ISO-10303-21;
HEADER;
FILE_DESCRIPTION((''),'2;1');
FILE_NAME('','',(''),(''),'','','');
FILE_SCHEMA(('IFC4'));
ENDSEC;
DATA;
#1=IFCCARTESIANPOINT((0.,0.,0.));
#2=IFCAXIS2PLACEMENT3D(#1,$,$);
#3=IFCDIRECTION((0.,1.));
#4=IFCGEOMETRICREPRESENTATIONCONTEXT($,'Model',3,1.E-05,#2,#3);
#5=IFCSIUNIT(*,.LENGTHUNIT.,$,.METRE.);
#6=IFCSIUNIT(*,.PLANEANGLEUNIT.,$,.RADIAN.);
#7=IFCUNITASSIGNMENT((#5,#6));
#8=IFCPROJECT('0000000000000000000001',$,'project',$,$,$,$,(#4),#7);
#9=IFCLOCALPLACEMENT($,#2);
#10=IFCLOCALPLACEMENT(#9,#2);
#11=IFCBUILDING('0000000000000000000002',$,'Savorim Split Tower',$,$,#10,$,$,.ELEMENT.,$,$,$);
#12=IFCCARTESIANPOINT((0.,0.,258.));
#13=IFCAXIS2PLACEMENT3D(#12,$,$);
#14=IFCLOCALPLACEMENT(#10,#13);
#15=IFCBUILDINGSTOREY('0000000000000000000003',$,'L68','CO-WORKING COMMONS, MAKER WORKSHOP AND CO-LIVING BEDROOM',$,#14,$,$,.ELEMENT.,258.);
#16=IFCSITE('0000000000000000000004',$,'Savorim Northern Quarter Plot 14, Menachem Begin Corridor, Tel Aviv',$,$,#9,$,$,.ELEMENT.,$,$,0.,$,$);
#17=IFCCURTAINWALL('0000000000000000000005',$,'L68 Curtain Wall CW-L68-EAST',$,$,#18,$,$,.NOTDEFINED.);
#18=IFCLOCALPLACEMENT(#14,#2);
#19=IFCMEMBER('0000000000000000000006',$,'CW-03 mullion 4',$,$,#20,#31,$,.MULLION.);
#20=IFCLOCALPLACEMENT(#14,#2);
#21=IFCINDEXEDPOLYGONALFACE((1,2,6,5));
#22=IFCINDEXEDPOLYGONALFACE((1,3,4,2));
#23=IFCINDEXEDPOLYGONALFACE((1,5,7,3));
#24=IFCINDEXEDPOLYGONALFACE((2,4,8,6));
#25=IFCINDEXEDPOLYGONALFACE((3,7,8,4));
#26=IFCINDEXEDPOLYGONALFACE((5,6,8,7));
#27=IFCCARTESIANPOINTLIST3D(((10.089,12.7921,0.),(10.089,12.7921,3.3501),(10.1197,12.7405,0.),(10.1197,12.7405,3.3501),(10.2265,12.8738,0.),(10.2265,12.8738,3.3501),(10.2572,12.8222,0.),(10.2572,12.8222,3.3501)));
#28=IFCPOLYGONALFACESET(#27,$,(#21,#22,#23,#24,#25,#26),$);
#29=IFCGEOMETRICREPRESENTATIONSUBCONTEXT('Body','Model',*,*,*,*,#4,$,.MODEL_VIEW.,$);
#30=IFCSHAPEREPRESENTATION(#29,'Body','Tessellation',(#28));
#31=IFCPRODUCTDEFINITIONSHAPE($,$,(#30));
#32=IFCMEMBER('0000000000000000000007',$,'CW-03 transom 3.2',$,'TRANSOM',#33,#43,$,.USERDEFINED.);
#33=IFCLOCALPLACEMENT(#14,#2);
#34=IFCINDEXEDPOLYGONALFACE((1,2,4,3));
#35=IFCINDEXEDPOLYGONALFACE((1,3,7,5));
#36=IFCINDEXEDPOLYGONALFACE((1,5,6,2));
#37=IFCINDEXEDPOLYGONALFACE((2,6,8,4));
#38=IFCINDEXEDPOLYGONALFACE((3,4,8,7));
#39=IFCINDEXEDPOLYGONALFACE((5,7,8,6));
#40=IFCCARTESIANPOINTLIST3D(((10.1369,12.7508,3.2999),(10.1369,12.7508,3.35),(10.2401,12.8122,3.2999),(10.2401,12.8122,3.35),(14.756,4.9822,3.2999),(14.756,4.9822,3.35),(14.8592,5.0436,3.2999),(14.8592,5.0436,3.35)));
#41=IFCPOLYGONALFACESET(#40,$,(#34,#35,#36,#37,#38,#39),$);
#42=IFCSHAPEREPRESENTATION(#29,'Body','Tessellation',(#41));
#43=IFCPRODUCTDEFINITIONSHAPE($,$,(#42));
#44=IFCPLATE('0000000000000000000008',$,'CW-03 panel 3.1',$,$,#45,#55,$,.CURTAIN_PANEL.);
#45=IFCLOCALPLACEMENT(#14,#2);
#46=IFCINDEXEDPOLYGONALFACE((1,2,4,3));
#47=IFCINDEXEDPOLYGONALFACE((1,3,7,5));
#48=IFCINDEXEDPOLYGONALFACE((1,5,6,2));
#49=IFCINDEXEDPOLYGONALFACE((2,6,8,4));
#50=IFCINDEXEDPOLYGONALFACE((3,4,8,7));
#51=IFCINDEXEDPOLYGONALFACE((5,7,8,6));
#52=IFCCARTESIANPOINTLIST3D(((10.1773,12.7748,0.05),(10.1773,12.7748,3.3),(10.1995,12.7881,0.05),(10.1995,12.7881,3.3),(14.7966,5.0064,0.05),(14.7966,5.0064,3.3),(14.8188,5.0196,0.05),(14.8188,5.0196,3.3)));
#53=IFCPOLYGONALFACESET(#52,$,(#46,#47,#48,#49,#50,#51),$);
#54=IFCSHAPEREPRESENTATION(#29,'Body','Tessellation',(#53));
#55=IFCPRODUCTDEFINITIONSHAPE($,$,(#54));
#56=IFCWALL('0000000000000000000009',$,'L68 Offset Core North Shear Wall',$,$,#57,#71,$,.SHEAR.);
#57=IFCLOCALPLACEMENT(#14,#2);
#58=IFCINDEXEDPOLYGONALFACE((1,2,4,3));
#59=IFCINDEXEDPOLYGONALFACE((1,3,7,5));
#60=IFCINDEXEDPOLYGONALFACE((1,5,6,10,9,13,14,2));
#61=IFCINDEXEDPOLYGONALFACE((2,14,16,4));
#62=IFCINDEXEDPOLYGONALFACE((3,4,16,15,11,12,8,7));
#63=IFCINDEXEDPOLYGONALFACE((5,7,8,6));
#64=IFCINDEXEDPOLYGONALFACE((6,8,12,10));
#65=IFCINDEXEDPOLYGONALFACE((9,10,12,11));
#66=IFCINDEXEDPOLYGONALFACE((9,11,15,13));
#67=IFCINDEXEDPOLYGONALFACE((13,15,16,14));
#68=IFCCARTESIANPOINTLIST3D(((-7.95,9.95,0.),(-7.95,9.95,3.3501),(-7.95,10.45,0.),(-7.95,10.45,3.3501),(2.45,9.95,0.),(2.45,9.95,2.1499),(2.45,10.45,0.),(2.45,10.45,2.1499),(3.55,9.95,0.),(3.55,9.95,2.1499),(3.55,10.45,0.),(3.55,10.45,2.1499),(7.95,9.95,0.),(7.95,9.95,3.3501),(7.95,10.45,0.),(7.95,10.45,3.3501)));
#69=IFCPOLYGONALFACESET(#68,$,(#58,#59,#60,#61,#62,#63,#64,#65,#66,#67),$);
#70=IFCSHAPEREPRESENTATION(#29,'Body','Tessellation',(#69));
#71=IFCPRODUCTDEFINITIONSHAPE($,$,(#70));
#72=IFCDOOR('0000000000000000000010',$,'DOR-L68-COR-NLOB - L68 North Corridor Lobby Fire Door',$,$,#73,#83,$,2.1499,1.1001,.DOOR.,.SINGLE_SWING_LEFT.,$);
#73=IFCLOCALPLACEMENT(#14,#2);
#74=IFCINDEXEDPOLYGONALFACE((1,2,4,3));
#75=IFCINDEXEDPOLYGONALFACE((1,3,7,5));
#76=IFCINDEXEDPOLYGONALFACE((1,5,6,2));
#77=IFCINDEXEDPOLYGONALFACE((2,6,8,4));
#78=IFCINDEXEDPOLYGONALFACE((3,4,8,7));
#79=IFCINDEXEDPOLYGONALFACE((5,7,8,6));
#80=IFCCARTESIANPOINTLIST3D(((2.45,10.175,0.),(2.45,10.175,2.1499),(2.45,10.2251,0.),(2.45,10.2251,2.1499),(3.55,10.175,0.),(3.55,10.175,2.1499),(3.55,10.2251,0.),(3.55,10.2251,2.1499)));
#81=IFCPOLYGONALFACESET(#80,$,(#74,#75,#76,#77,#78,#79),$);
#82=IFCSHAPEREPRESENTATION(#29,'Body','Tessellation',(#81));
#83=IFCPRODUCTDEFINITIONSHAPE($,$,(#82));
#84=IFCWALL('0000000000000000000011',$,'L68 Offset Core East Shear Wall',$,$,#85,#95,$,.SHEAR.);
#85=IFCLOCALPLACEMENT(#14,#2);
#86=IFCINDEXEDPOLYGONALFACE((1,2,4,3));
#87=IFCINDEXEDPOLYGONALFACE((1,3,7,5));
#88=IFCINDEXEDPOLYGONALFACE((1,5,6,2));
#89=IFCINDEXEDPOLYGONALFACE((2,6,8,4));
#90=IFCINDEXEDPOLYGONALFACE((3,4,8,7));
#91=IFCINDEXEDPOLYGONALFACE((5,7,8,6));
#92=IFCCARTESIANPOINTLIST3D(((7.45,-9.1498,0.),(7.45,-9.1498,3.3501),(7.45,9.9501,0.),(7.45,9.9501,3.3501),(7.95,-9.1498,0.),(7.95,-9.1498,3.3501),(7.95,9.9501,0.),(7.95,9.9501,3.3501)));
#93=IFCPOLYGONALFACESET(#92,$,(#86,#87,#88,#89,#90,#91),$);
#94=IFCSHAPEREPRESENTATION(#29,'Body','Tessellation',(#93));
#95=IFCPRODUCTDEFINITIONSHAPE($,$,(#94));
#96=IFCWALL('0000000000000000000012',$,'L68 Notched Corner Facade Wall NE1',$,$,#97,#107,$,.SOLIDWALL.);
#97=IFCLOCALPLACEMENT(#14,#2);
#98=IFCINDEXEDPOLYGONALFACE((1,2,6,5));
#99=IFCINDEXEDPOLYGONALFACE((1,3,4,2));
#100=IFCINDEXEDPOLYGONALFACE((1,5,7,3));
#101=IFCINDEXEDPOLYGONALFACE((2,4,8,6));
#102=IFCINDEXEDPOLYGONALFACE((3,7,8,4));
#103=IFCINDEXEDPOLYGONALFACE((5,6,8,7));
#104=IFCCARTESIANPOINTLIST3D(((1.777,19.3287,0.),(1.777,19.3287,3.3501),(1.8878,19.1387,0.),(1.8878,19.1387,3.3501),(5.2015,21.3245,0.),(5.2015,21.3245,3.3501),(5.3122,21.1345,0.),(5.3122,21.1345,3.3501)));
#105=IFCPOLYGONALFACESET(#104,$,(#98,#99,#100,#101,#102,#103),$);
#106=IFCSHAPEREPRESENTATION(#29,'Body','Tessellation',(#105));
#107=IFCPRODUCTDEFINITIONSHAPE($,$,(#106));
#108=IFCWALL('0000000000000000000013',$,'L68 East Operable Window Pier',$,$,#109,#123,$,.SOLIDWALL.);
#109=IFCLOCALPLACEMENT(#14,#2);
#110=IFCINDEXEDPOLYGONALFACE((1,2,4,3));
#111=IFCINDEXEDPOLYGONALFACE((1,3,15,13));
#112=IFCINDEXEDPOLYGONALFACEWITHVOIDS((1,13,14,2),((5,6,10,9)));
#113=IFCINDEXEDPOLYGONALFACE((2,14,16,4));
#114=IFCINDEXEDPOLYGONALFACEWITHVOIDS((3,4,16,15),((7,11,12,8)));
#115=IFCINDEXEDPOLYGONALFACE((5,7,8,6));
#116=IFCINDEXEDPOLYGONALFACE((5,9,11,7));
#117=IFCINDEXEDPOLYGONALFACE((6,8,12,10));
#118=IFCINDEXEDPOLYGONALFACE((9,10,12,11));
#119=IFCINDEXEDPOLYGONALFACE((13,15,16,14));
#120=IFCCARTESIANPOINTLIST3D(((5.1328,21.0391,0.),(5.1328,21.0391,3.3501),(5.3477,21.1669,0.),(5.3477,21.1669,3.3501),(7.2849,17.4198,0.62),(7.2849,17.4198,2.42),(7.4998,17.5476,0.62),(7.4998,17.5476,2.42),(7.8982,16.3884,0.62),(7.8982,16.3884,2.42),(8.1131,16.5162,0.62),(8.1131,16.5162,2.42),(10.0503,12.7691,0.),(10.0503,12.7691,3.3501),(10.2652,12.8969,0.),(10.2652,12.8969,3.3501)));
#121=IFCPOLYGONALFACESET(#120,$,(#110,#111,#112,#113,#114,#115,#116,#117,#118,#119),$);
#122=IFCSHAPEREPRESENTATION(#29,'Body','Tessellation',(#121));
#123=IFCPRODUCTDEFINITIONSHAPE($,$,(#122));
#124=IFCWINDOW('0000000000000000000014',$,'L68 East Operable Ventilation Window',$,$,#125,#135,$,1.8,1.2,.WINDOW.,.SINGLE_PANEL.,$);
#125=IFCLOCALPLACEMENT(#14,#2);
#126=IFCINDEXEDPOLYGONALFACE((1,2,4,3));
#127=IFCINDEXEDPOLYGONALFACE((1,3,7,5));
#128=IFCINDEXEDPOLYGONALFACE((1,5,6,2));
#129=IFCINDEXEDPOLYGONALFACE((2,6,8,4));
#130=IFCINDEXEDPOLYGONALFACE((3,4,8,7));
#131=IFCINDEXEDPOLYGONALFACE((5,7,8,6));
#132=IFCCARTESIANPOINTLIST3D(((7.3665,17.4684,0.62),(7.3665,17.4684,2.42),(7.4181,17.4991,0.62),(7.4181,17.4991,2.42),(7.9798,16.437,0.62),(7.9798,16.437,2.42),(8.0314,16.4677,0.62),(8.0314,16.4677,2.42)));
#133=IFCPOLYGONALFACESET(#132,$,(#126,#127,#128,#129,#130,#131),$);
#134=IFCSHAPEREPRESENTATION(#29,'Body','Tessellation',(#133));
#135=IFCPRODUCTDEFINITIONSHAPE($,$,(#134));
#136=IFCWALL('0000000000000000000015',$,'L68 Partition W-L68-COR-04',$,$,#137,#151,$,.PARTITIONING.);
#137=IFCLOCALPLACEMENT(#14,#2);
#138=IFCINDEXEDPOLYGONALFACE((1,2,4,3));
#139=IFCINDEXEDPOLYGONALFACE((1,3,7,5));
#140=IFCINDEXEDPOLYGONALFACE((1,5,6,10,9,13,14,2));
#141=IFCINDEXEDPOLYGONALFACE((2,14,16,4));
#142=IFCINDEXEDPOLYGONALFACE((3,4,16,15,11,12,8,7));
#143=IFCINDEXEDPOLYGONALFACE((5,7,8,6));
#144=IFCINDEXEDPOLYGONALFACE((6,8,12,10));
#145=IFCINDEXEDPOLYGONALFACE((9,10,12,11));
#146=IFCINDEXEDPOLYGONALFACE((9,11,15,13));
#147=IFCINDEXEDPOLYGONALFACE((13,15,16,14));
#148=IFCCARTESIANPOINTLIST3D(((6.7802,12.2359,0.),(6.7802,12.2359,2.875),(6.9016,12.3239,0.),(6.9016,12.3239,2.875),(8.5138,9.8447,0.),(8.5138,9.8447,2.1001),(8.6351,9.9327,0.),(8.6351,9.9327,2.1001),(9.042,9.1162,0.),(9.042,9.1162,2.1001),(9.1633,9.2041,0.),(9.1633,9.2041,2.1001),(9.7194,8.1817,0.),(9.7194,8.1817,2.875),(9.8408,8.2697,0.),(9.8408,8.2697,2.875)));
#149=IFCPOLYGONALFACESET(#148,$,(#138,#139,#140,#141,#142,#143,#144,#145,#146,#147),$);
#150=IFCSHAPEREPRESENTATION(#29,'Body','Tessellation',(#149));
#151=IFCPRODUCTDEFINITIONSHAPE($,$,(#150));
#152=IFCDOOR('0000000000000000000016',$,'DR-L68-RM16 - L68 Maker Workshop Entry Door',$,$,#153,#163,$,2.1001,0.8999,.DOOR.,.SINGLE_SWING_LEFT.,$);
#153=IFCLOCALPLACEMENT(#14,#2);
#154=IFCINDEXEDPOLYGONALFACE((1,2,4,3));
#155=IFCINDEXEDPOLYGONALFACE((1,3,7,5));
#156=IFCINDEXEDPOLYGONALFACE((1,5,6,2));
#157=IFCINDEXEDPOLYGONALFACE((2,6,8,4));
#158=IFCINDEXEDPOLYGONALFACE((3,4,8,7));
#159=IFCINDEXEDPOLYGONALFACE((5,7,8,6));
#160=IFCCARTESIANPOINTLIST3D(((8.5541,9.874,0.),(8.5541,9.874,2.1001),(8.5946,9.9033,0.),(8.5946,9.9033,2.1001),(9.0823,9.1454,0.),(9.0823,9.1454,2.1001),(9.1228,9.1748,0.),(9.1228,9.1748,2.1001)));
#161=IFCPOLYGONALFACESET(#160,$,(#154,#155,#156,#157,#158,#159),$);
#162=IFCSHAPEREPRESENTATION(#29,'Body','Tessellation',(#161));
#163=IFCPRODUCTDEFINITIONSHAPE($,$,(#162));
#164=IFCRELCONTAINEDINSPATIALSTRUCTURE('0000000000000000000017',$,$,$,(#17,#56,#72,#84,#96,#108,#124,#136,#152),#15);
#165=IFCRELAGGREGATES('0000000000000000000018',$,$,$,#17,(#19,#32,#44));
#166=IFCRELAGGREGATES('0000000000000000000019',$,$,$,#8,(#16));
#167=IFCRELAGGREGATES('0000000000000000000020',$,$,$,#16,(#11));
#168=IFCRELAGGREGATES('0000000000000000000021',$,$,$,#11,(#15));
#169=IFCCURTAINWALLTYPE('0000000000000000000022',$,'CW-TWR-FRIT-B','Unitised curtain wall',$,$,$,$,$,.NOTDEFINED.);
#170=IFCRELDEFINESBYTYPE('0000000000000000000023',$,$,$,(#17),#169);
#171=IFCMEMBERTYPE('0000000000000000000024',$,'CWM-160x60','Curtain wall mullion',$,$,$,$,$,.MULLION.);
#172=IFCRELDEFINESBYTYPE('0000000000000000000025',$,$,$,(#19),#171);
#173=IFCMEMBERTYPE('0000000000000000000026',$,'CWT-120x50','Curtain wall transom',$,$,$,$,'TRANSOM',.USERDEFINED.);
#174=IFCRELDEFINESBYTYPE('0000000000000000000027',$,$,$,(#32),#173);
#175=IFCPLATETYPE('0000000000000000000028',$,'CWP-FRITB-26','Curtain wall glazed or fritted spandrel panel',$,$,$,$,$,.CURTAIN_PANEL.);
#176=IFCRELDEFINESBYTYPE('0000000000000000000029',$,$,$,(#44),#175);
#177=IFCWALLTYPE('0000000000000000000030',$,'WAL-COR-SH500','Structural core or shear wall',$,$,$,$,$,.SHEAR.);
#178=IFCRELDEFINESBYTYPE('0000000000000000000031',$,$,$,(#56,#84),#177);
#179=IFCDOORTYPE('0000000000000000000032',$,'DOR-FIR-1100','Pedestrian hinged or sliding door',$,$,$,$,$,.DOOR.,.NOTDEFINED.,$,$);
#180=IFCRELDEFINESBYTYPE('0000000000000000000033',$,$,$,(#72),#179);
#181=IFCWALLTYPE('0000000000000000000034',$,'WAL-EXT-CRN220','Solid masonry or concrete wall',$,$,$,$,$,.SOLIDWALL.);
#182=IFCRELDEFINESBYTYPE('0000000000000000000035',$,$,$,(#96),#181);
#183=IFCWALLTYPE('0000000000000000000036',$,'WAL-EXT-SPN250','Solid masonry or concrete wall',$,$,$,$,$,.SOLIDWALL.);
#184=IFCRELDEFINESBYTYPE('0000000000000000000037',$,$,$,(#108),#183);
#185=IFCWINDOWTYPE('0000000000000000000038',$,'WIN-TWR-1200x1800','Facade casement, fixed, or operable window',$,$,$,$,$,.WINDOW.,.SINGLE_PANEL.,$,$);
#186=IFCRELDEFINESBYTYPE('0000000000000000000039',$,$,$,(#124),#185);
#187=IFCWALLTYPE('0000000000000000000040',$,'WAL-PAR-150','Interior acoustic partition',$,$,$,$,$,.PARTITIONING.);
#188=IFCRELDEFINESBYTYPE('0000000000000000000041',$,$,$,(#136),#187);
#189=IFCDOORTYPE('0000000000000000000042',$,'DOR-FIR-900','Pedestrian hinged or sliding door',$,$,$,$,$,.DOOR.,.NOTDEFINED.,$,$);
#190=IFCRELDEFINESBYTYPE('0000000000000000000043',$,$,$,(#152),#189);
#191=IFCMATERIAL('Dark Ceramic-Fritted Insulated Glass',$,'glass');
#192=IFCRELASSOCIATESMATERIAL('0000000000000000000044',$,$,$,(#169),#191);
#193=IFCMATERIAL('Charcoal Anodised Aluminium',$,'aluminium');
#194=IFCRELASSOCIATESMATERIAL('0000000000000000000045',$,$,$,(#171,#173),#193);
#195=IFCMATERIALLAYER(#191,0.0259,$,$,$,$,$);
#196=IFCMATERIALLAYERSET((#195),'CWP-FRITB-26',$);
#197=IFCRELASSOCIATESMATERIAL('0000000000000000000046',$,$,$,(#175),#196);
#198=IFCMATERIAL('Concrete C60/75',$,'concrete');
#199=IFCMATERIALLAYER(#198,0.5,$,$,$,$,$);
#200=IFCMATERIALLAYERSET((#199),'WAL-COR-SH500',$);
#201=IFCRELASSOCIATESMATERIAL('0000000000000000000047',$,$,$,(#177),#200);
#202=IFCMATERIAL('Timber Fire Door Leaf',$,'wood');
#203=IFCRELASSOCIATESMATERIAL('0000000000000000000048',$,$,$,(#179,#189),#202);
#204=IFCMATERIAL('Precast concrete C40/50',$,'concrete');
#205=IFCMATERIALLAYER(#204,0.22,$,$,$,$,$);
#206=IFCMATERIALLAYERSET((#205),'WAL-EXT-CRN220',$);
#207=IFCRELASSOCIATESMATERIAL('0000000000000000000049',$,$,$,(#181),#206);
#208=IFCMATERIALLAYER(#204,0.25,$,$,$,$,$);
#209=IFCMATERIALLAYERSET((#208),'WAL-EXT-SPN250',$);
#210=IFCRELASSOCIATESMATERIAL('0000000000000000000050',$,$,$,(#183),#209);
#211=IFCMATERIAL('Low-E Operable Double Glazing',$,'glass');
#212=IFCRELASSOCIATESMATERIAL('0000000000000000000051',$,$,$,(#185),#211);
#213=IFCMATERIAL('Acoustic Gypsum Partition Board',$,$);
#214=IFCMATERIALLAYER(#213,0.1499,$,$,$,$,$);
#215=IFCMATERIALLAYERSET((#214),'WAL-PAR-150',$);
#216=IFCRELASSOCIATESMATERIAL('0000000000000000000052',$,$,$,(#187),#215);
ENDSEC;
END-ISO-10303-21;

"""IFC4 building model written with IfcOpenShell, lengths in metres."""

from ifc_helpers import new_model, si_unit, direction, frame, frame_2d, origin, origin_2d, place, context, subcontext, project, spatial, rectangle, extrude, material, layer, layer_set, material_profile, profile_set, type_object, element, fill, aggregate, save


model = new_model("IFC4")

# Units and contexts
model_context = context("Model", 3, precision=1e-05, world=origin(), true_north=direction((0.0, 1.0)))
body_context = subcontext(model_context, "Body", "Model", "MODEL_VIEW")
ifc_project = project(units=[si_unit("LENGTHUNIT", "METRE"), si_unit("PLANEANGLEUNIT", "RADIAN")], contexts=[model_context])

# Site, building, storey
site_placement = place(None, origin())
site = spatial("IfcSite", under=ifc_project, at=site_placement, Name="Savorim Northern Quarter Plot 14, Menachem Begin Corridor, Tel Aviv", CompositionType="ELEMENT", RefElevation=0.0)
building_placement = place(site_placement, origin())
building = spatial("IfcBuilding", under=site, at=building_placement, Name="Savorim Split Tower", CompositionType="ELEMENT")
storey_placement = place(building_placement, frame((0.0, 0.0, 258.0)))
storey = spatial("IfcBuildingStorey", under=building, at=storey_placement, Name="L68", Description="CO-WORKING COMMONS, MAKER WORKSHOP AND CO-LIVING BEDROOM", CompositionType="ELEMENT", Elevation=258.0)

# Curtain wall, members, plate
ifc_material_1 = material(Name="Dark Ceramic-Fritted Insulated Glass", Category="glass")
curtain_wall_type = type_object("IfcCurtainWallType", Name="CW-TWR-FRIT-B", Description="Unitised curtain wall", PredefinedType="NOTDEFINED", material=ifc_material_1)
curtain_wall_placement = place(storey_placement, origin())
curtain_wall = element("IfcCurtainWall", 1, at=curtain_wall_placement, inside=storey, type_object=curtain_wall_type, Name="L68 Curtain Wall CW-L68-EAST", PredefinedType="NOTDEFINED")
ifc_material_2 = material(Name="Charcoal Anodised Aluminium", Category="aluminium")
ifc_material_profile_1 = material_profile(ifc_material_2, rectangle(XDim=0.1599, YDim=0.0601, at=origin_2d()), Name="ALU-M 160x60")
ifc_profile_set_1 = profile_set([ifc_material_profile_1], Name="Charcoal Anodised Aluminium")
member_type_1 = type_object("IfcMemberType", Name="CWM-160x60", Description="Curtain wall mullion", PredefinedType="MULLION", material=ifc_profile_set_1)
member_1_placement = place(storey_placement, frame((10.1731, 12.8071, 0.0), z_axis=(0.0, 0.0, 1.0), x_axis=(-0.859527, -0.51109, 0.0)))
member_1 = element("IfcMember", 2, at=member_1_placement, type_object=member_type_1, Name="CW-03 mullion 4", PredefinedType="MULLION", context=body_context, shape_type="SweptSolid", body=[
    extrude(rectangle(XDim=0.1599, YDim=0.0601, at=origin_2d()), origin(), (0.0, 0.0, 1.0), 3.3501),
])
ifc_material_profile_2 = material_profile(ifc_material_2, rectangle(XDim=0.1201, YDim=0.05, at=origin_2d()), Name="ALU-T 120x50")
ifc_profile_set_2 = profile_set([ifc_material_profile_2], Name="Charcoal Anodised Aluminium")
member_type_2 = type_object("IfcMemberType", Name="CWT-120x50", Description="Curtain wall transom", ElementType="TRANSOM", PredefinedType="USERDEFINED", material=ifc_profile_set_2)
member_2_placement = place(storey_placement, frame((14.8076, 5.0129, 3.325), z_axis=(-0.511075, 0.859536, 0.0), x_axis=(-0.859536, -0.511075, 0.0)))
member_2 = element("IfcMember", 3, at=member_2_placement, type_object=member_type_2, Name="CW-03 transom 3.2", ObjectType="TRANSOM", PredefinedType="USERDEFINED", context=body_context, shape_type="SweptSolid", body=[
    extrude(rectangle(XDim=0.1201, YDim=0.05, at=origin_2d()), origin(), (0.0, 0.0, 1.0), 9.0381),
])
ifc_layer_1 = layer(ifc_material_1, 0.0259)
ifc_layer_set_1 = layer_set([ifc_layer_1], Name="CWP-FRITB-26")
plate_type = type_object("IfcPlateType", Name="CWP-FRITB-26", Description="Curtain wall glazed or fritted spandrel panel", PredefinedType="CURTAIN_PANEL", material=ifc_layer_set_1)
plate_placement = place(storey_placement, frame((12.498, 8.8972, 0.05), z_axis=(0.0, 0.0, 1.0), x_axis=(-0.51109, 0.859527, 0.0)))
plate = element("IfcPlate", 4, at=plate_placement, type_object=plate_type, Name="CW-03 panel 3.1", PredefinedType="CURTAIN_PANEL", context=body_context, shape_type="SweptSolid", body=[
    extrude(rectangle(XDim=9.0381, YDim=0.0259, at=origin_2d()), origin(), (0.0, 0.0, 1.0), 3.25),
])
aggregate(curtain_wall, [member_1, member_2, plate])

# Wall, opening, door
ifc_material_3 = material(Name="Concrete C60/75", Category="concrete")
ifc_layer_2 = layer(ifc_material_3, 0.5)
ifc_layer_set_2 = layer_set([ifc_layer_2], Name="WAL-COR-SH500")
wall_type_1 = type_object("IfcWallType", Name="WAL-COR-SH500", Description="Structural core or shear wall", PredefinedType="SHEAR", material=ifc_layer_set_2)
wall_1_placement = place(storey_placement, frame((7.95, 10.2, 0.0), z_axis=(0.0, 0.0, 1.0), x_axis=(-1.0, 0.0, 0.0)))
wall_1 = element("IfcWall", 5, at=wall_1_placement, inside=storey, type_object=wall_type_1, Name="L68 Offset Core North Shear Wall", PredefinedType="SHEAR", context=body_context, shape_type="SweptSolid", body=[
    extrude(rectangle(XDim=15.8999, YDim=0.5, at=frame_2d((7.95, 0.0))), origin(), (0.0, 0.0, 1.0), 3.3501),
])
opening_1_placement = place(wall_1_placement, frame((4.3999, 0.0, 0.0)))
opening_1 = element("IfcOpeningElement", 6, at=opening_1_placement, cuts=wall_1, PredefinedType="OPENING", context=body_context, shape_type="SweptSolid", body=[
    extrude(rectangle(XDim=1.1001, YDim=2.1499, at=frame_2d((0.55, 1.075))), frame((0.0, 0.26, 0.0), z_axis=(0.0, -1.0, 0.0), x_axis=(1.0, 0.0, 0.0)), (0.0, 0.0, 1.0), 0.52),
])
ifc_material_4 = material(Name="Timber Fire Door Leaf", Category="wood")
door_type_1 = type_object("IfcDoorType", Name="DOR-FIR-1100", Description="Pedestrian hinged or sliding door", OperationType="NOTDEFINED", PredefinedType="DOOR", material=ifc_material_4)
door_1_placement = place(opening_1_placement, origin())
door_1 = element("IfcDoor", 7, at=door_1_placement, inside=storey, type_object=door_type_1, Name="DOR-L68-COR-NLOB - L68 North Corridor Lobby Fire Door", OperationType="SINGLE_SWING_LEFT", OverallHeight=2.1499, OverallWidth=1.1001, PredefinedType="DOOR", context=body_context, shape_type="SweptSolid", body=[
    extrude(rectangle(XDim=1.1001, YDim=2.1499, at=frame_2d((0.55, 1.075))), frame((0.0, 0.0249, 0.0), z_axis=(0.0, -1.0, 0.0), x_axis=(1.0, 0.0, 0.0)), (0.0, 0.0, 1.0), 0.05),
])
fill(opening_1, door_1)

# Walls
wall_2_placement = place(storey_placement, frame((7.7, 9.95, 0.0), z_axis=(0.0, 0.0, 1.0), x_axis=(0.0, -1.0, 0.0)))
element("IfcWall", 8, at=wall_2_placement, inside=storey, type_object=wall_type_1, Name="L68 Offset Core East Shear Wall", PredefinedType="SHEAR", context=body_context, shape_type="SweptSolid", body=[
    extrude(rectangle(XDim=19.0999, YDim=0.5, at=frame_2d((9.5498, 0.0))), origin(), (0.0, 0.0, 1.0), 3.3501),
])
ifc_material_5 = material(Name="Precast concrete C40/50", Category="concrete")
ifc_layer_3 = layer(ifc_material_5, 0.22)
ifc_layer_set_3 = layer_set([ifc_layer_3], Name="WAL-EXT-CRN220")
wall_type_2 = type_object("IfcWallType", Name="WAL-EXT-CRN220", Description="Solid masonry or concrete wall", PredefinedType="SOLIDWALL", material=ifc_layer_set_3)
wall_3_placement = place(storey_placement, frame((1.8323, 19.2336, 0.0), z_axis=(0.0, 0.0, 1.0), x_axis=(0.863978, 0.50353, 0.0)))
element("IfcWall", 9, at=wall_3_placement, inside=storey, type_object=wall_type_2, Name="L68 Notched Corner Facade Wall NE1", PredefinedType="SOLIDWALL", context=body_context, shape_type="SweptSolid", body=[
    extrude(rectangle(XDim=3.9636, YDim=0.22, at=frame_2d((1.9819, 0.0))), origin(), (0.0, 0.0, 1.0), 3.3501),
])

# Wall, opening, window
ifc_layer_4 = layer(ifc_material_5, 0.25)
ifc_layer_set_4 = layer_set([ifc_layer_4], Name="WAL-EXT-SPN250")
wall_type_3 = type_object("IfcWallType", Name="WAL-EXT-SPN250", Description="Solid masonry or concrete wall", PredefinedType="SOLIDWALL", material=ifc_layer_set_4)
wall_4_placement = place(storey_placement, frame((5.2402, 21.103, 0.0), z_axis=(0.0, 0.0, 1.0), x_axis=(0.511089, -0.859528, 0.0)))
wall_4 = element("IfcWall", 10, at=wall_4_placement, inside=storey, type_object=wall_type_3, Name="L68 East Operable Window Pier", PredefinedType="SOLIDWALL", context=body_context, shape_type="SweptSolid", body=[
    extrude(rectangle(XDim=9.6216, YDim=0.25, at=frame_2d((4.8108, 0.0))), origin(), (0.0, 0.0, 1.0), 3.3501),
])
opening_2_placement = place(wall_4_placement, frame((4.2107, 0.0, 0.6201)))
opening_2 = element("IfcOpeningElement", 11, at=opening_2_placement, cuts=wall_4, PredefinedType="OPENING", context=body_context, shape_type="SweptSolid", body=[
    extrude(rectangle(XDim=1.2, YDim=1.8, at=frame_2d((0.6001, 0.8999))), frame((0.0, 0.135, 0.0), z_axis=(0.0, -1.0, 0.0), x_axis=(1.0, 0.0, 0.0)), (0.0, 0.0, 1.0), 0.27),
])
ifc_material_6 = material(Name="Low-E Operable Double Glazing", Category="glass")
window_type = type_object("IfcWindowType", Name="WIN-TWR-1200x1800", Description="Facade casement, fixed, or operable window", PartitioningType="SINGLE_PANEL", PredefinedType="WINDOW", material=ifc_material_6)
window_placement = place(opening_2_placement, origin())
window = element("IfcWindow", 12, at=window_placement, inside=storey, type_object=window_type, Name="L68 East Operable Ventilation Window", OverallHeight=1.8, OverallWidth=1.2, PartitioningType="SINGLE_PANEL", PredefinedType="WINDOW", context=body_context, shape_type="SweptSolid", body=[
    extrude(rectangle(XDim=1.2, YDim=1.8, at=frame_2d((0.6001, 0.8999))), frame((0.0, 0.03, 0.0), z_axis=(0.0, -1.0, 0.0), x_axis=(1.0, 0.0, 0.0)), (0.0, 0.0, 1.0), 0.0601),
])
fill(opening_2, window)

# Wall, opening, door
ifc_material_7 = material(Name="Acoustic Gypsum Partition Board")
ifc_layer_5 = layer(ifc_material_7, 0.1499)
ifc_layer_set_5 = layer_set([ifc_layer_5], Name="WAL-PAR-150")
wall_type_4 = type_object("IfcWallType", Name="WAL-PAR-150", Description="Interior acoustic partition", PredefinedType="PARTITIONING", material=ifc_layer_set_5)
wall_5_placement = place(storey_placement, frame((6.8408, 12.28, 0.0), z_axis=(0.0, 0.0, 1.0), x_axis=(0.586956, -0.809619, 0.0)))
wall_5 = element("IfcWall", 13, at=wall_5_placement, inside=storey, type_object=wall_type_4, Name="L68 Partition W-L68-COR-04", PredefinedType="PARTITIONING", context=body_context, shape_type="SweptSolid", body=[
    extrude(rectangle(XDim=5.0076, YDim=0.1499, at=frame_2d((2.5039, 0.0))), origin(), (0.0, 0.0, 1.0), 2.875),
])
opening_3_placement = place(wall_5_placement, frame((2.9536, 0.0, 0.0)))
opening_3 = element("IfcOpeningElement", 14, at=opening_3_placement, cuts=wall_5, PredefinedType="OPENING", context=body_context, shape_type="SweptSolid", body=[
    extrude(rectangle(XDim=0.8999, YDim=2.1001, at=frame_2d((0.45, 1.05))), frame((0.0, 0.085, 0.0), z_axis=(0.0, -1.0, 0.0), x_axis=(1.0, 0.0, 0.0)), (0.0, 0.0, 1.0), 0.1699),
])
door_type_2 = type_object("IfcDoorType", Name="DOR-FIR-900", Description="Pedestrian hinged or sliding door", OperationType="NOTDEFINED", PredefinedType="DOOR", material=ifc_material_4)
door_2_placement = place(opening_3_placement, origin())
door_2 = element("IfcDoor", 15, at=door_2_placement, inside=storey, type_object=door_type_2, Name="DR-L68-RM16 - L68 Maker Workshop Entry Door", OperationType="SINGLE_SWING_LEFT", OverallHeight=2.1001, OverallWidth=0.8999, PredefinedType="DOOR", context=body_context, shape_type="SweptSolid", body=[
    extrude(rectangle(XDim=0.8999, YDim=2.1001, at=frame_2d((0.45, 1.05))), frame((0.0, 0.0249, 0.0), z_axis=(0.0, -1.0, 0.0), x_axis=(1.0, 0.0, 0.0)), (0.0, 0.0, 1.0), 0.05),
])
fill(opening_3, door_2)

save(model, "model.ifc")
